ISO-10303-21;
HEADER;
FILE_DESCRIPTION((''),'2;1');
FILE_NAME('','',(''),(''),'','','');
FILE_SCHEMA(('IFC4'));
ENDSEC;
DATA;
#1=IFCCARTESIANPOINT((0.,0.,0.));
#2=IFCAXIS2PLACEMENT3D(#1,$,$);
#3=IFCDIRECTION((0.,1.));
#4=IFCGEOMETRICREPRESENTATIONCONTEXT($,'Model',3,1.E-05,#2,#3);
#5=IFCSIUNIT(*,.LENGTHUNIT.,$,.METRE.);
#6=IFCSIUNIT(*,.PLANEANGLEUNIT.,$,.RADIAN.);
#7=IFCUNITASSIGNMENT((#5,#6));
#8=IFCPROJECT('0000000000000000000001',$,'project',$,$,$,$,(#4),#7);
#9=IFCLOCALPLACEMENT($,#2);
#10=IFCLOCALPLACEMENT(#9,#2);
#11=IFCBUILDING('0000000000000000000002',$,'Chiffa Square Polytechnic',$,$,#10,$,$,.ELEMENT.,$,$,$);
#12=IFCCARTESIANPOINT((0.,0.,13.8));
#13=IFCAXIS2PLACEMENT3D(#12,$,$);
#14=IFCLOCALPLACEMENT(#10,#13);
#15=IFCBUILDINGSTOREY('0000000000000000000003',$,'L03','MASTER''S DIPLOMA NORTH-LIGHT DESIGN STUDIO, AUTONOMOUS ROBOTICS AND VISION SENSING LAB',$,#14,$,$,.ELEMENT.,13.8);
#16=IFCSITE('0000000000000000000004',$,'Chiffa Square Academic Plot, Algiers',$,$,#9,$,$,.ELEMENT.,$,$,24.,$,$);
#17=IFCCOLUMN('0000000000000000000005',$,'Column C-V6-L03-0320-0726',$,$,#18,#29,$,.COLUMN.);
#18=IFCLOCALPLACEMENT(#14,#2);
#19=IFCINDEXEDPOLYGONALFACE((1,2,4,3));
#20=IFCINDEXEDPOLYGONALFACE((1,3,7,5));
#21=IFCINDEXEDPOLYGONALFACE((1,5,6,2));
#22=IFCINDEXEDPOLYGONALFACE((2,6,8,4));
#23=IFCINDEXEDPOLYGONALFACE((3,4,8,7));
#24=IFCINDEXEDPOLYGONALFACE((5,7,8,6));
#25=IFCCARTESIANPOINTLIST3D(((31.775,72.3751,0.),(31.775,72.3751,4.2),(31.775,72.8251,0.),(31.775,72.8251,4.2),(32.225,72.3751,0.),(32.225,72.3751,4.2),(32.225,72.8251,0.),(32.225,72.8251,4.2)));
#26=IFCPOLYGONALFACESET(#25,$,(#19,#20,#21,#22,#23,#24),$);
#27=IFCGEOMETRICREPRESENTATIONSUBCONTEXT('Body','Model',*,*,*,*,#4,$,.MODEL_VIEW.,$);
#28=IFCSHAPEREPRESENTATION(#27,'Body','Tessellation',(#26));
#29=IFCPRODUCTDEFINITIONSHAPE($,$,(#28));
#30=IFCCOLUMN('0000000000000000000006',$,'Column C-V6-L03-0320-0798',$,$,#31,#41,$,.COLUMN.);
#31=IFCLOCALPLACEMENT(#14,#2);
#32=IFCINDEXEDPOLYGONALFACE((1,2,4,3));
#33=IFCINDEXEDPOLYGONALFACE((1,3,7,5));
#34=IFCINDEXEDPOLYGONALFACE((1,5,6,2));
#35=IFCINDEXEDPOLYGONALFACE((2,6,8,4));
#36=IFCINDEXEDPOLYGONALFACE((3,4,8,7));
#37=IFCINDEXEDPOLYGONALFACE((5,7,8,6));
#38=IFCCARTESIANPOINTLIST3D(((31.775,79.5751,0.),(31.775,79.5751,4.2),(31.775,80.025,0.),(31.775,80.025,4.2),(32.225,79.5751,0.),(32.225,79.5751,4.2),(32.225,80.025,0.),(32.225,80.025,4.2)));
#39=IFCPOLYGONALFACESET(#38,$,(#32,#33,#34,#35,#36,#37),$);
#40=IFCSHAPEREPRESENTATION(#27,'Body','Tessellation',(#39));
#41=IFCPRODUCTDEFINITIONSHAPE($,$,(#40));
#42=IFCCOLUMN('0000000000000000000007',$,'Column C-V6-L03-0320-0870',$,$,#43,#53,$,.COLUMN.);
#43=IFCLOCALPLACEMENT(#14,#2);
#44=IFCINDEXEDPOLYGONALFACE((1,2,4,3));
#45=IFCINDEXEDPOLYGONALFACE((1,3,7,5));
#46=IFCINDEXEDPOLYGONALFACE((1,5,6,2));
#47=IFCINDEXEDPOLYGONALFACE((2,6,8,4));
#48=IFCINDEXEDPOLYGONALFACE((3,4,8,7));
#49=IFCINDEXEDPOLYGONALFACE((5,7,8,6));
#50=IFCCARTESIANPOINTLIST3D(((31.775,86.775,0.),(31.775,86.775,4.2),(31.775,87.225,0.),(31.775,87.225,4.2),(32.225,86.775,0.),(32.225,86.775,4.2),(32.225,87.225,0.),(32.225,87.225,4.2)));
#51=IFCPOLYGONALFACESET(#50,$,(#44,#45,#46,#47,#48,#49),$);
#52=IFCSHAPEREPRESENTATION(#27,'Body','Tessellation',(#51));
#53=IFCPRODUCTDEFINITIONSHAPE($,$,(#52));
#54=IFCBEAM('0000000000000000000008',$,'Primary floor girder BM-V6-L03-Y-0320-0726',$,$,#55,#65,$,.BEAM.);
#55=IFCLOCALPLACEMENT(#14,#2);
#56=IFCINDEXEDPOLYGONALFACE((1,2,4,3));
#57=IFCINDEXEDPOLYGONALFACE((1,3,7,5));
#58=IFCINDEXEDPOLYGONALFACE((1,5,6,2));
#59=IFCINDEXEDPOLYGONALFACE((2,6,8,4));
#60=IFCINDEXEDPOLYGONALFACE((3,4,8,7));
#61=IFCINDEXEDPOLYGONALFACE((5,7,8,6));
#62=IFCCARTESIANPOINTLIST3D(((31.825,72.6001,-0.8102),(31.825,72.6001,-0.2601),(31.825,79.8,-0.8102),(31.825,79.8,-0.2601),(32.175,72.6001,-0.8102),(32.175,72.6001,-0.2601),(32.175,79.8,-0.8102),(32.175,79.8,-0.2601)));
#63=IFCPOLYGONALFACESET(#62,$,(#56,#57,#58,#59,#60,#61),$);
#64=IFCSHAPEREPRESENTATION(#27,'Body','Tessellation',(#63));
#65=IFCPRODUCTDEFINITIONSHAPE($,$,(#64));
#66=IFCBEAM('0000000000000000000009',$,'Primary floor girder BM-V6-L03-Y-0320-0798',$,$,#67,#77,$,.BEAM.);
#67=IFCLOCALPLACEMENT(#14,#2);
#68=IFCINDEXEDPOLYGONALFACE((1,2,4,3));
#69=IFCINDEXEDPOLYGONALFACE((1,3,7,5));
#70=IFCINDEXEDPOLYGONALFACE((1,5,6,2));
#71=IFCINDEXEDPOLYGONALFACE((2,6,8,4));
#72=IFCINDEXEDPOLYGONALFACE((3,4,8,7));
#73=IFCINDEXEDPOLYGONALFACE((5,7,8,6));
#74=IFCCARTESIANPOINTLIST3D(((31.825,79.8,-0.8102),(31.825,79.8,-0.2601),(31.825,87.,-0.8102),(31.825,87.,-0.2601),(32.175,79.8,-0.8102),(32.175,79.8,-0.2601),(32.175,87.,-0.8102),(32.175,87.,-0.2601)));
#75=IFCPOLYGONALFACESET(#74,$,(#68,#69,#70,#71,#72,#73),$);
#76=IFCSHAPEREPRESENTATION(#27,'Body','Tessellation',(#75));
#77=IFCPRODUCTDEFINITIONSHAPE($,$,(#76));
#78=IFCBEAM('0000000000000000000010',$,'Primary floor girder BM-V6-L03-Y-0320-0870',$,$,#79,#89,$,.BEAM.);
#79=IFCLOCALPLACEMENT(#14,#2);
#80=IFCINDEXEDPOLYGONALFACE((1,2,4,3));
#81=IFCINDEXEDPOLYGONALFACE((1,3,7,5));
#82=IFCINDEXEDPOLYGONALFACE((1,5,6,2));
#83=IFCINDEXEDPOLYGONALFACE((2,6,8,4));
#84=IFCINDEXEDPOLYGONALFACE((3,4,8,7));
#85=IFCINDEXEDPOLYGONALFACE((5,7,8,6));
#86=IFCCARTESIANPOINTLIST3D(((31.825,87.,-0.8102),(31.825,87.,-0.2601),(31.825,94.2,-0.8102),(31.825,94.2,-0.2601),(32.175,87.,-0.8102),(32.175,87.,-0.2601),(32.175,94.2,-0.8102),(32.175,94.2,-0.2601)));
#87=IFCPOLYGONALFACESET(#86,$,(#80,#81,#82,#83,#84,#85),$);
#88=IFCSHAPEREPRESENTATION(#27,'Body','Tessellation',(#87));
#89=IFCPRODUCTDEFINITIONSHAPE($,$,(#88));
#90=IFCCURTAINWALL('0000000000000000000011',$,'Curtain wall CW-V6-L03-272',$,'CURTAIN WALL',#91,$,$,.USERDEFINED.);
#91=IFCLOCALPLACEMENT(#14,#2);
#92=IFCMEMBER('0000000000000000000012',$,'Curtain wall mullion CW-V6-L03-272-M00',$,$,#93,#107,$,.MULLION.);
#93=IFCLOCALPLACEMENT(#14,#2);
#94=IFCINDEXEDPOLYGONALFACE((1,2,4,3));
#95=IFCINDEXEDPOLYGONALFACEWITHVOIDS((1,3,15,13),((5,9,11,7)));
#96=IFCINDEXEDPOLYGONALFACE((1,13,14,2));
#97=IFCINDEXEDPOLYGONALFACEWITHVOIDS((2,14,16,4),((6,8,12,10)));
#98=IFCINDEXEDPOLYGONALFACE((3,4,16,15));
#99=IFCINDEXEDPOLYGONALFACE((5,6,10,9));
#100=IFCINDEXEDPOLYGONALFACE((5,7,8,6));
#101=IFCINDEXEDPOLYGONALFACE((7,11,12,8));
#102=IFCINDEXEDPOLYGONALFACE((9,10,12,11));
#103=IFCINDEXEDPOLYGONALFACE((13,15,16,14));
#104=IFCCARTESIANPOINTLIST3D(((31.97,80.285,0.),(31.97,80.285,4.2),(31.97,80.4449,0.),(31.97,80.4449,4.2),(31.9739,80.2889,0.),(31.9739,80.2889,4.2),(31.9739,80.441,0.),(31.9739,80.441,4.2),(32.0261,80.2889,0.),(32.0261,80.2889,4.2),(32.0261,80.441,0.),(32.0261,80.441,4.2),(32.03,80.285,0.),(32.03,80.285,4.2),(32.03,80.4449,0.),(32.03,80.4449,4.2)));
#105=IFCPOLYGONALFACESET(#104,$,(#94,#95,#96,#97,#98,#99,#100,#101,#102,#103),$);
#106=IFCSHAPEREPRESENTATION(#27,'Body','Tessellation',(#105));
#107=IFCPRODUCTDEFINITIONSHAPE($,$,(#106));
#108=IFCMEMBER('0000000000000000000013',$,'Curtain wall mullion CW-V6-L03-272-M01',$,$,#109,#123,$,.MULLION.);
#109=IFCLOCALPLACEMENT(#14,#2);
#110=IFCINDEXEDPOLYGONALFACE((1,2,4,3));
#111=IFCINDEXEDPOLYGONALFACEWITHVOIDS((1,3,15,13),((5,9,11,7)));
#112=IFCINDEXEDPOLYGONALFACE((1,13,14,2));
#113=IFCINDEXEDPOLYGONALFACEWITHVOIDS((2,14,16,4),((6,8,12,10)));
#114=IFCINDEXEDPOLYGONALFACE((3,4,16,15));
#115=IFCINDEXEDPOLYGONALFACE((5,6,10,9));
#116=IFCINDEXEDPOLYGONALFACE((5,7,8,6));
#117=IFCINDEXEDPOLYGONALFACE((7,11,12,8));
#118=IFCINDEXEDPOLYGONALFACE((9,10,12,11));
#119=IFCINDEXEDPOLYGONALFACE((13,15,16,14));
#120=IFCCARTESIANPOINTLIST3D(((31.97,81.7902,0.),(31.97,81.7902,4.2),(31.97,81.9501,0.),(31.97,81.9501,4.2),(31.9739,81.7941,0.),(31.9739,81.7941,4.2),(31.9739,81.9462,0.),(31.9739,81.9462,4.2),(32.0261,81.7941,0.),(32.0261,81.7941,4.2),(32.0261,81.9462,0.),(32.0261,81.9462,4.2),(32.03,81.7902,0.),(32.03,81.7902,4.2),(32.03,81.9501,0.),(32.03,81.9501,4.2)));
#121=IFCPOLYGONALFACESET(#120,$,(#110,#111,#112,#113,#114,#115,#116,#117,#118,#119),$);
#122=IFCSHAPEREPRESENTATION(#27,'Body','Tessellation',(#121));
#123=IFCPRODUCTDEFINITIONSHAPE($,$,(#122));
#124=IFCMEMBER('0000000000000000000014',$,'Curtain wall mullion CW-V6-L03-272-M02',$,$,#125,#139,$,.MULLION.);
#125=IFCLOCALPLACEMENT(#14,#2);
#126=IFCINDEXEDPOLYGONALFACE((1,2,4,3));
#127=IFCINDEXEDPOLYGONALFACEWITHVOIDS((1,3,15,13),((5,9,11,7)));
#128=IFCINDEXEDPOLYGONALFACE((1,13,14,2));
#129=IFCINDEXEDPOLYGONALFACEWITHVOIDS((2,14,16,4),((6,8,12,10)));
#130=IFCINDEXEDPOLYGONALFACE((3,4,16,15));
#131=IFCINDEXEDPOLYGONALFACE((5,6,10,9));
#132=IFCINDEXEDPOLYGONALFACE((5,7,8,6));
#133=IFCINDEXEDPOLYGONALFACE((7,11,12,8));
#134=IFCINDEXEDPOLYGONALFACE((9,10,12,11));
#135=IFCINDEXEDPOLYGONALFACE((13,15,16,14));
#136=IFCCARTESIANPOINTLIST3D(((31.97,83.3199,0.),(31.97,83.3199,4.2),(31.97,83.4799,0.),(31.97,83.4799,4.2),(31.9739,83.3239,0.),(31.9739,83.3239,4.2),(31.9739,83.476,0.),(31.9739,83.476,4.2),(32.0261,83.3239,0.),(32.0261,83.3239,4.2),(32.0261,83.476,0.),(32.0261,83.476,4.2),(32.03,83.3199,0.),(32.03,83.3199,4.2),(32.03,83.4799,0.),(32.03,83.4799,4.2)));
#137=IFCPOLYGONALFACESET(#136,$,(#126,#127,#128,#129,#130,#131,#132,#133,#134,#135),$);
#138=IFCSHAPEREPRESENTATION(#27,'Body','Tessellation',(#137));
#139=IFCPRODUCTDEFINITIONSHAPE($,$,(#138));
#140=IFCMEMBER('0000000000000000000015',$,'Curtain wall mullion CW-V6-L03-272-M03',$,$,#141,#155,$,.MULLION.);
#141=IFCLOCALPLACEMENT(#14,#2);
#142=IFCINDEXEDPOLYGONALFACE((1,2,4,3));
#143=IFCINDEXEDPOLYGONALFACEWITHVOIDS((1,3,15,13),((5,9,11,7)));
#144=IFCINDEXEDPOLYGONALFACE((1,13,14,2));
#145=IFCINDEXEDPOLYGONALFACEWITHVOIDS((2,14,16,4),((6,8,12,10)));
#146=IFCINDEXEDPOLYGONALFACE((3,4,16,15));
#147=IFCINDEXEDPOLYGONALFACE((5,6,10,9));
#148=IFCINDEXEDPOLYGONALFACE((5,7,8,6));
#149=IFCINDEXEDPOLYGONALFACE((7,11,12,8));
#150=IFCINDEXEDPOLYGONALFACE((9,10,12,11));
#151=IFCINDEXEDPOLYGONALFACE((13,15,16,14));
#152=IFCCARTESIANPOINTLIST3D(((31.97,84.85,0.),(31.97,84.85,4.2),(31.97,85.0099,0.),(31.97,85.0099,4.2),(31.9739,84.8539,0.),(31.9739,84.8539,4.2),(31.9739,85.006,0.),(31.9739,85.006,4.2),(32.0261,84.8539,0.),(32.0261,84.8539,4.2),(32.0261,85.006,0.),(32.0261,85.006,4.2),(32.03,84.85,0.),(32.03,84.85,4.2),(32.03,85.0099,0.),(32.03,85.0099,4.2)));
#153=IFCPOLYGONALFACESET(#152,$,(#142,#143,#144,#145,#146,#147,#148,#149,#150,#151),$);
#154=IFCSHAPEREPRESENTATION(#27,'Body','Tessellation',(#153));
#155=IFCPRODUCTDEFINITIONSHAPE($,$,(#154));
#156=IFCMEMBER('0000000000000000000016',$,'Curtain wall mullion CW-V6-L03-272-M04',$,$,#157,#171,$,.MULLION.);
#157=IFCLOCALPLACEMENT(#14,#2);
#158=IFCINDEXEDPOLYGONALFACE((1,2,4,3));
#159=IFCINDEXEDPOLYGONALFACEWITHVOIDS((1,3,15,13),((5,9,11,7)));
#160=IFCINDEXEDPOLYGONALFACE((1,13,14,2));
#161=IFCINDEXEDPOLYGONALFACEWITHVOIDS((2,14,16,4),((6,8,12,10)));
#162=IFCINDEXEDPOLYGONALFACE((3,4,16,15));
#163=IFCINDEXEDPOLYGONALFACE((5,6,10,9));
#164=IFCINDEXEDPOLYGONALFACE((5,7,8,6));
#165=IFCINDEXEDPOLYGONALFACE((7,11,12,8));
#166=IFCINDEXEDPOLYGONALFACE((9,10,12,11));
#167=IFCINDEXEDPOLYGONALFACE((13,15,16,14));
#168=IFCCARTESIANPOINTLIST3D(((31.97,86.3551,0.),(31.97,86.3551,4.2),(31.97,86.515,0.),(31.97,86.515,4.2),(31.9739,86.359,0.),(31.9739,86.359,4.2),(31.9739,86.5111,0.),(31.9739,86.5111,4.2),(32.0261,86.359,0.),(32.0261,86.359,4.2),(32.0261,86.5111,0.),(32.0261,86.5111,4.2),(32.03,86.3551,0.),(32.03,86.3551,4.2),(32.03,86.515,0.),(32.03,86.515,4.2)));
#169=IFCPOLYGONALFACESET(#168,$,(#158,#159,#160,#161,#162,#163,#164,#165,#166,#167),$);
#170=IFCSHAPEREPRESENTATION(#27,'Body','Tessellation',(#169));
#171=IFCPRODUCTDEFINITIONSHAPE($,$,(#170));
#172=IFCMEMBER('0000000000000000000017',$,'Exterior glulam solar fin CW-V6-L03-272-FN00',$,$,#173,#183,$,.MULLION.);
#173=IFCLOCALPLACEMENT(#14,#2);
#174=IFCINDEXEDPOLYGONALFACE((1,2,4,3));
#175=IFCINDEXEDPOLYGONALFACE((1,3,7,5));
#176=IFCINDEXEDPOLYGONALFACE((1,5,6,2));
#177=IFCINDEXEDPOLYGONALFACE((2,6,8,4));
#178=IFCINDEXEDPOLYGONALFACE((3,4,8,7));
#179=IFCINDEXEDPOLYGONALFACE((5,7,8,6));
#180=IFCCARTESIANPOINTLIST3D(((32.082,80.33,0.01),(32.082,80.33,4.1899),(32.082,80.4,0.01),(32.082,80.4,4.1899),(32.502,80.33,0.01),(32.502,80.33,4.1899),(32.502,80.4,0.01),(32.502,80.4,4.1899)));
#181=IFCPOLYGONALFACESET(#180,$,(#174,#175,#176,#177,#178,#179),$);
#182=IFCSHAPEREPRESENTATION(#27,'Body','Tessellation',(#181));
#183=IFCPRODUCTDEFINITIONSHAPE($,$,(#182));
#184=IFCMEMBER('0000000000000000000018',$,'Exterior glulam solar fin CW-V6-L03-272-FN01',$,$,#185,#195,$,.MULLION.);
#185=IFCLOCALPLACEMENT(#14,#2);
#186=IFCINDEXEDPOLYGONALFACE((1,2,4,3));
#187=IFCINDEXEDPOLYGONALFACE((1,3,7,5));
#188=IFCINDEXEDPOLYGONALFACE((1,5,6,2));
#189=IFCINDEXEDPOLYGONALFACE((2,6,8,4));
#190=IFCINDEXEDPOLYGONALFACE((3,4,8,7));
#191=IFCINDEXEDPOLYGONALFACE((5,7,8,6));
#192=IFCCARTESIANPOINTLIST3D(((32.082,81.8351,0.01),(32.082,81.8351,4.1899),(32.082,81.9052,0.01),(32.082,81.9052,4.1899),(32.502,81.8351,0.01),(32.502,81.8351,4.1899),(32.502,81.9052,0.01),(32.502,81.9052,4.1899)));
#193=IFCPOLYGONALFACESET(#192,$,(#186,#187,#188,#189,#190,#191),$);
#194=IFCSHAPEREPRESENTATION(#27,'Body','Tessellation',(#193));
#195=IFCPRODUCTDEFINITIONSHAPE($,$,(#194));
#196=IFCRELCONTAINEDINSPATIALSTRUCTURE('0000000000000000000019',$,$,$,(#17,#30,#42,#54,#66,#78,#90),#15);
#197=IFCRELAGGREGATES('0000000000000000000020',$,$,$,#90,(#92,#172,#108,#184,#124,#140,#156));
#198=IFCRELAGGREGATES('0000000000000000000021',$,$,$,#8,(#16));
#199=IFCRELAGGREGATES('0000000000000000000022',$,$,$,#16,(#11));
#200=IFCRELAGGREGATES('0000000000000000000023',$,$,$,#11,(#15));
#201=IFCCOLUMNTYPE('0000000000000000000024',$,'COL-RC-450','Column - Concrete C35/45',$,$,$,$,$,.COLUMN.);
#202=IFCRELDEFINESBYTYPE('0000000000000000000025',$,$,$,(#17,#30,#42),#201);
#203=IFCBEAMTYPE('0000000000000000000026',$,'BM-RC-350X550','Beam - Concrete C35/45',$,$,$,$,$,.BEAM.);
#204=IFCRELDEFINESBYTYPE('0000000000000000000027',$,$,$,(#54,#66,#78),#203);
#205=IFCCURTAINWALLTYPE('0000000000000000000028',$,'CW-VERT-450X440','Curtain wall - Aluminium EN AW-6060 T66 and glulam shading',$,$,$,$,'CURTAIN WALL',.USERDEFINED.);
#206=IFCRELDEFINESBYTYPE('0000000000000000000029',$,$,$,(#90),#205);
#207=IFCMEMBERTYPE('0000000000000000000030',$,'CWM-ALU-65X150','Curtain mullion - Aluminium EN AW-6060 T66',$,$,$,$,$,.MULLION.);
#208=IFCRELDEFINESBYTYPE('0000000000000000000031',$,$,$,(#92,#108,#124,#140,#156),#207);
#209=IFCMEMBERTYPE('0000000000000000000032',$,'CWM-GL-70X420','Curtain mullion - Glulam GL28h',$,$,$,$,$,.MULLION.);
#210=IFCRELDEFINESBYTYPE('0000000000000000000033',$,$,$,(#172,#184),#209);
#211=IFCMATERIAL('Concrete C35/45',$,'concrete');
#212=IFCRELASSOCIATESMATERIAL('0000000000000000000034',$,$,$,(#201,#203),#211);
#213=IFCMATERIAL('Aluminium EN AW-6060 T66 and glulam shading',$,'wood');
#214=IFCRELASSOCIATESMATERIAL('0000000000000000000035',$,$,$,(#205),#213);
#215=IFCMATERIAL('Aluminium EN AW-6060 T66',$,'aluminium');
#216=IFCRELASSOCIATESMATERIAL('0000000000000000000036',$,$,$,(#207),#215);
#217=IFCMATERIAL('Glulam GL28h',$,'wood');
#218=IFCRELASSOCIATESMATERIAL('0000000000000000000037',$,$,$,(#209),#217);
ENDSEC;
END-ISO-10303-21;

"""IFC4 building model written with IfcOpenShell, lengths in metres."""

from ifc_helpers import new_model, si_unit, direction, frame, origin, origin_2d, place, context, subcontext, project, spatial, rectangle, hollow_rectangle, extrude, material, material_profile, profile_set, type_object, element, aggregate, save


model = new_model("IFC4")

# Units and contexts
model_context = context("Model", 3, precision=1e-05, world=origin(), true_north=direction((0.0, 1.0)))
body_context = subcontext(model_context, "Body", "Model", "MODEL_VIEW")
ifc_project = project(units=[si_unit("LENGTHUNIT", "METRE"), si_unit("PLANEANGLEUNIT", "RADIAN")], contexts=[model_context])

# Site, building, storey
site_placement = place(None, origin())
site = spatial("IfcSite", under=ifc_project, at=site_placement, Name="Chiffa Square Academic Plot, Algiers", CompositionType="ELEMENT", RefElevation=24.0)
building_placement = place(site_placement, origin())
building = spatial("IfcBuilding", under=site, at=building_placement, Name="Chiffa Square Polytechnic", CompositionType="ELEMENT")
storey_placement = place(building_placement, frame((0.0, 0.0, 13.8)))
storey = spatial("IfcBuildingStorey", under=building, at=storey_placement, Name="L03", Description="MASTER'S DIPLOMA NORTH-LIGHT DESIGN STUDIO, AUTONOMOUS ROBOTICS AND VISION SENSING LAB", CompositionType="ELEMENT", Elevation=13.8)

# Columns
ifc_material_1 = material(Name="Concrete C35/45", Category="concrete")
ifc_material_profile_1 = material_profile(ifc_material_1, rectangle(XDim=0.45, YDim=0.45, at=origin_2d()), Name="RC 450x450")
ifc_profile_set_1 = profile_set([ifc_material_profile_1], Name="Concrete C35/45")
column_type = type_object("IfcColumnType", Name="COL-RC-450", Description="Column - Concrete C35/45", PredefinedType="COLUMN", material=ifc_profile_set_1)
for number, where, z_axis, x_axis, name in (
    (1, (32.0, 72.6001, 0.0), (0.0, 0.0, 1.0), (1.0, 0.0, 0.0), "Column C-V6-L03-0320-0726"),
    (2, (32.0, 79.8, 0.0), (0.0, 0.0, 1.0), (1.0, 0.0, 0.0), "Column C-V6-L03-0320-0798"),
    (3, (32.0, 87.0, 0.0), (0.0, 0.0, 1.0), (1.0, 0.0, 0.0), "Column C-V6-L03-0320-0870"),
):
    element("IfcColumn", number, at=place(storey_placement, frame(where, z_axis=z_axis, x_axis=x_axis)), inside=storey, type_object=column_type, Name=name, PredefinedType="COLUMN", context=body_context, shape_type="SweptSolid", body=[
        extrude(rectangle(XDim=0.45, YDim=0.45, at=origin_2d()), origin(), (0.0, 0.0, 1.0), 4.2),
    ])

# Beams
ifc_material_profile_2 = material_profile(ifc_material_1, rectangle(XDim=0.3501, YDim=0.55, at=origin_2d()), Name="RC 350x550")
ifc_profile_set_2 = profile_set([ifc_material_profile_2], Name="Concrete C35/45")
beam_type_1 = type_object("IfcBeamType", Name="BM-RC-350X550", Description="Beam - Concrete C35/45", PredefinedType="BEAM", material=ifc_profile_set_2)
for number, where, z_axis, x_axis, name in (
    (4, (32.0, 72.6001, -0.5352), (0.0, 1.0, 0.0), (-1.0, 0.0, 0.0), "Primary floor girder BM-V6-L03-Y-0320-0726"),
    (5, (32.0, 79.8, -0.5352), (0.0, 1.0, 0.0), (-1.0, 0.0, 0.0), "Primary floor girder BM-V6-L03-Y-0320-0798"),
    (6, (32.0, 87.0, -0.5352), (0.0, 1.0, 0.0), (-1.0, 0.0, 0.0), "Primary floor girder BM-V6-L03-Y-0320-0870"),
):
    element("IfcBeam", number, at=place(storey_placement, frame(where, z_axis=z_axis, x_axis=x_axis)), inside=storey, type_object=beam_type_1, Name=name, PredefinedType="BEAM", context=body_context, shape_type="SweptSolid", body=[
        extrude(rectangle(XDim=0.3501, YDim=0.55, at=origin_2d()), origin(), (0.0, 0.0, 1.0), 7.2),
    ])

# Curtain wall, members
ifc_material_2 = material(Name="Aluminium EN AW-6060 T66 and glulam shading", Category="wood")
curtain_wall_type = type_object("IfcCurtainWallType", Name="CW-VERT-450X440", Description="Curtain wall - Aluminium EN AW-6060 T66 and glulam shading", ElementType="CURTAIN WALL", PredefinedType="USERDEFINED", material=ifc_material_2)
curtain_wall_placement = place(storey_placement, origin())
curtain_wall = element("IfcCurtainWall", 7, at=curtain_wall_placement, inside=storey, type_object=curtain_wall_type, Name="Curtain wall CW-V6-L03-272", ObjectType="CURTAIN WALL", PredefinedType="USERDEFINED")
ifc_material_3 = material(Name="Aluminium EN AW-6060 T66", Category="aluminium")
ifc_material_profile_3 = material_profile(ifc_material_3, hollow_rectangle(XDim=0.0601, YDim=0.1599, WallThickness=0.0039, at=origin_2d()), Name="ALU 60x160x4")
ifc_profile_set_3 = profile_set([ifc_material_profile_3], Name="Aluminium EN AW-6060 T66")
member_type_1 = type_object("IfcMemberType", Name="CWM-ALU-65X150", Description="Curtain mullion - Aluminium EN AW-6060 T66", PredefinedType="MULLION", material=ifc_profile_set_3)
member_1_placement = place(storey_placement, frame((32.0, 80.365, 0.0), z_axis=(0.0, 0.0, 1.0), x_axis=(1.0, 0.0, 0.0)))
member_1 = element("IfcMember", 8, at=member_1_placement, type_object=member_type_1, Name="Curtain wall mullion CW-V6-L03-272-M00", PredefinedType="MULLION", context=body_context, shape_type="SweptSolid", body=[
    extrude(hollow_rectangle(XDim=0.0601, YDim=0.1599, WallThickness=0.0039, at=origin_2d()), origin(), (0.0, 0.0, 1.0), 4.2),
])
member_2_placement = place(storey_placement, frame((32.0, 81.8701, 0.0), z_axis=(0.0, 0.0, 1.0), x_axis=(1.0, 0.0, 0.0)))
member_2 = element("IfcMember", 9, at=member_2_placement, type_object=member_type_1, Name="Curtain wall mullion CW-V6-L03-272-M01", PredefinedType="MULLION", context=body_context, shape_type="SweptSolid", body=[
    extrude(hollow_rectangle(XDim=0.0601, YDim=0.1599, WallThickness=0.0039, at=origin_2d()), origin(), (0.0, 0.0, 1.0), 4.2),
])
member_3_placement = place(storey_placement, frame((32.0, 83.3999, 0.0), z_axis=(0.0, 0.0, 1.0), x_axis=(1.0, 0.0, 0.0)))
member_3 = element("IfcMember", 10, at=member_3_placement, type_object=member_type_1, Name="Curtain wall mullion CW-V6-L03-272-M02", PredefinedType="MULLION", context=body_context, shape_type="SweptSolid", body=[
    extrude(hollow_rectangle(XDim=0.0601, YDim=0.1599, WallThickness=0.0039, at=origin_2d()), origin(), (0.0, 0.0, 1.0), 4.2),
])
member_4_placement = place(storey_placement, frame((32.0, 84.9299, 0.0), z_axis=(0.0, 0.0, 1.0), x_axis=(1.0, 0.0, 0.0)))
member_4 = element("IfcMember", 11, at=member_4_placement, type_object=member_type_1, Name="Curtain wall mullion CW-V6-L03-272-M03", PredefinedType="MULLION", context=body_context, shape_type="SweptSolid", body=[
    extrude(hollow_rectangle(XDim=0.0601, YDim=0.1599, WallThickness=0.0039, at=origin_2d()), origin(), (0.0, 0.0, 1.0), 4.2),
])
member_5_placement = place(storey_placement, frame((32.0, 86.4351, 0.0), z_axis=(0.0, 0.0, 1.0), x_axis=(1.0, 0.0, 0.0)))
member_5 = element("IfcMember", 12, at=member_5_placement, type_object=member_type_1, Name="Curtain wall mullion CW-V6-L03-272-M04", PredefinedType="MULLION", context=body_context, shape_type="SweptSolid", body=[
    extrude(hollow_rectangle(XDim=0.0601, YDim=0.1599, WallThickness=0.0039, at=origin_2d()), origin(), (0.0, 0.0, 1.0), 4.2),
])
ifc_material_4 = material(Name="Glulam GL28h", Category="wood")
ifc_material_profile_4 = material_profile(ifc_material_4, rectangle(XDim=0.0701, YDim=0.4199, at=origin_2d()), Name="GL28h 70x420")
ifc_profile_set_4 = profile_set([ifc_material_profile_4], Name="Glulam GL28h")
member_type_2 = type_object("IfcMemberType", Name="CWM-GL-70X420", Description="Curtain mullion - Glulam GL28h", PredefinedType="MULLION", material=ifc_profile_set_4)
member_6_placement = place(storey_placement, frame((32.292, 80.365, 0.01), z_axis=(0.0, 0.0, 1.0), x_axis=(0.0, 1.0, 0.0)))
member_6 = element("IfcMember", 13, at=member_6_placement, type_object=member_type_2, Name="Exterior glulam solar fin CW-V6-L03-272-FN00", PredefinedType="MULLION", context=body_context, shape_type="SweptSolid", body=[
    extrude(rectangle(XDim=0.0701, YDim=0.4199, at=origin_2d()), origin(), (0.0, 0.0, 1.0), 4.1799),
])
member_7_placement = place(storey_placement, frame((32.292, 81.8701, 0.01), z_axis=(0.0, 0.0, 1.0), x_axis=(0.0, 1.0, 0.0)))
member_7 = element("IfcMember", 14, at=member_7_placement, type_object=member_type_2, Name="Exterior glulam solar fin CW-V6-L03-272-FN01", PredefinedType="MULLION", context=body_context, shape_type="SweptSolid", body=[
    extrude(rectangle(XDim=0.0701, YDim=0.4199, at=origin_2d()), origin(), (0.0, 0.0, 1.0), 4.1799),
])

aggregate(curtain_wall, [member_1, member_6, member_2, member_7, member_3, member_4, member_5])

save(model, "model.ifc")
